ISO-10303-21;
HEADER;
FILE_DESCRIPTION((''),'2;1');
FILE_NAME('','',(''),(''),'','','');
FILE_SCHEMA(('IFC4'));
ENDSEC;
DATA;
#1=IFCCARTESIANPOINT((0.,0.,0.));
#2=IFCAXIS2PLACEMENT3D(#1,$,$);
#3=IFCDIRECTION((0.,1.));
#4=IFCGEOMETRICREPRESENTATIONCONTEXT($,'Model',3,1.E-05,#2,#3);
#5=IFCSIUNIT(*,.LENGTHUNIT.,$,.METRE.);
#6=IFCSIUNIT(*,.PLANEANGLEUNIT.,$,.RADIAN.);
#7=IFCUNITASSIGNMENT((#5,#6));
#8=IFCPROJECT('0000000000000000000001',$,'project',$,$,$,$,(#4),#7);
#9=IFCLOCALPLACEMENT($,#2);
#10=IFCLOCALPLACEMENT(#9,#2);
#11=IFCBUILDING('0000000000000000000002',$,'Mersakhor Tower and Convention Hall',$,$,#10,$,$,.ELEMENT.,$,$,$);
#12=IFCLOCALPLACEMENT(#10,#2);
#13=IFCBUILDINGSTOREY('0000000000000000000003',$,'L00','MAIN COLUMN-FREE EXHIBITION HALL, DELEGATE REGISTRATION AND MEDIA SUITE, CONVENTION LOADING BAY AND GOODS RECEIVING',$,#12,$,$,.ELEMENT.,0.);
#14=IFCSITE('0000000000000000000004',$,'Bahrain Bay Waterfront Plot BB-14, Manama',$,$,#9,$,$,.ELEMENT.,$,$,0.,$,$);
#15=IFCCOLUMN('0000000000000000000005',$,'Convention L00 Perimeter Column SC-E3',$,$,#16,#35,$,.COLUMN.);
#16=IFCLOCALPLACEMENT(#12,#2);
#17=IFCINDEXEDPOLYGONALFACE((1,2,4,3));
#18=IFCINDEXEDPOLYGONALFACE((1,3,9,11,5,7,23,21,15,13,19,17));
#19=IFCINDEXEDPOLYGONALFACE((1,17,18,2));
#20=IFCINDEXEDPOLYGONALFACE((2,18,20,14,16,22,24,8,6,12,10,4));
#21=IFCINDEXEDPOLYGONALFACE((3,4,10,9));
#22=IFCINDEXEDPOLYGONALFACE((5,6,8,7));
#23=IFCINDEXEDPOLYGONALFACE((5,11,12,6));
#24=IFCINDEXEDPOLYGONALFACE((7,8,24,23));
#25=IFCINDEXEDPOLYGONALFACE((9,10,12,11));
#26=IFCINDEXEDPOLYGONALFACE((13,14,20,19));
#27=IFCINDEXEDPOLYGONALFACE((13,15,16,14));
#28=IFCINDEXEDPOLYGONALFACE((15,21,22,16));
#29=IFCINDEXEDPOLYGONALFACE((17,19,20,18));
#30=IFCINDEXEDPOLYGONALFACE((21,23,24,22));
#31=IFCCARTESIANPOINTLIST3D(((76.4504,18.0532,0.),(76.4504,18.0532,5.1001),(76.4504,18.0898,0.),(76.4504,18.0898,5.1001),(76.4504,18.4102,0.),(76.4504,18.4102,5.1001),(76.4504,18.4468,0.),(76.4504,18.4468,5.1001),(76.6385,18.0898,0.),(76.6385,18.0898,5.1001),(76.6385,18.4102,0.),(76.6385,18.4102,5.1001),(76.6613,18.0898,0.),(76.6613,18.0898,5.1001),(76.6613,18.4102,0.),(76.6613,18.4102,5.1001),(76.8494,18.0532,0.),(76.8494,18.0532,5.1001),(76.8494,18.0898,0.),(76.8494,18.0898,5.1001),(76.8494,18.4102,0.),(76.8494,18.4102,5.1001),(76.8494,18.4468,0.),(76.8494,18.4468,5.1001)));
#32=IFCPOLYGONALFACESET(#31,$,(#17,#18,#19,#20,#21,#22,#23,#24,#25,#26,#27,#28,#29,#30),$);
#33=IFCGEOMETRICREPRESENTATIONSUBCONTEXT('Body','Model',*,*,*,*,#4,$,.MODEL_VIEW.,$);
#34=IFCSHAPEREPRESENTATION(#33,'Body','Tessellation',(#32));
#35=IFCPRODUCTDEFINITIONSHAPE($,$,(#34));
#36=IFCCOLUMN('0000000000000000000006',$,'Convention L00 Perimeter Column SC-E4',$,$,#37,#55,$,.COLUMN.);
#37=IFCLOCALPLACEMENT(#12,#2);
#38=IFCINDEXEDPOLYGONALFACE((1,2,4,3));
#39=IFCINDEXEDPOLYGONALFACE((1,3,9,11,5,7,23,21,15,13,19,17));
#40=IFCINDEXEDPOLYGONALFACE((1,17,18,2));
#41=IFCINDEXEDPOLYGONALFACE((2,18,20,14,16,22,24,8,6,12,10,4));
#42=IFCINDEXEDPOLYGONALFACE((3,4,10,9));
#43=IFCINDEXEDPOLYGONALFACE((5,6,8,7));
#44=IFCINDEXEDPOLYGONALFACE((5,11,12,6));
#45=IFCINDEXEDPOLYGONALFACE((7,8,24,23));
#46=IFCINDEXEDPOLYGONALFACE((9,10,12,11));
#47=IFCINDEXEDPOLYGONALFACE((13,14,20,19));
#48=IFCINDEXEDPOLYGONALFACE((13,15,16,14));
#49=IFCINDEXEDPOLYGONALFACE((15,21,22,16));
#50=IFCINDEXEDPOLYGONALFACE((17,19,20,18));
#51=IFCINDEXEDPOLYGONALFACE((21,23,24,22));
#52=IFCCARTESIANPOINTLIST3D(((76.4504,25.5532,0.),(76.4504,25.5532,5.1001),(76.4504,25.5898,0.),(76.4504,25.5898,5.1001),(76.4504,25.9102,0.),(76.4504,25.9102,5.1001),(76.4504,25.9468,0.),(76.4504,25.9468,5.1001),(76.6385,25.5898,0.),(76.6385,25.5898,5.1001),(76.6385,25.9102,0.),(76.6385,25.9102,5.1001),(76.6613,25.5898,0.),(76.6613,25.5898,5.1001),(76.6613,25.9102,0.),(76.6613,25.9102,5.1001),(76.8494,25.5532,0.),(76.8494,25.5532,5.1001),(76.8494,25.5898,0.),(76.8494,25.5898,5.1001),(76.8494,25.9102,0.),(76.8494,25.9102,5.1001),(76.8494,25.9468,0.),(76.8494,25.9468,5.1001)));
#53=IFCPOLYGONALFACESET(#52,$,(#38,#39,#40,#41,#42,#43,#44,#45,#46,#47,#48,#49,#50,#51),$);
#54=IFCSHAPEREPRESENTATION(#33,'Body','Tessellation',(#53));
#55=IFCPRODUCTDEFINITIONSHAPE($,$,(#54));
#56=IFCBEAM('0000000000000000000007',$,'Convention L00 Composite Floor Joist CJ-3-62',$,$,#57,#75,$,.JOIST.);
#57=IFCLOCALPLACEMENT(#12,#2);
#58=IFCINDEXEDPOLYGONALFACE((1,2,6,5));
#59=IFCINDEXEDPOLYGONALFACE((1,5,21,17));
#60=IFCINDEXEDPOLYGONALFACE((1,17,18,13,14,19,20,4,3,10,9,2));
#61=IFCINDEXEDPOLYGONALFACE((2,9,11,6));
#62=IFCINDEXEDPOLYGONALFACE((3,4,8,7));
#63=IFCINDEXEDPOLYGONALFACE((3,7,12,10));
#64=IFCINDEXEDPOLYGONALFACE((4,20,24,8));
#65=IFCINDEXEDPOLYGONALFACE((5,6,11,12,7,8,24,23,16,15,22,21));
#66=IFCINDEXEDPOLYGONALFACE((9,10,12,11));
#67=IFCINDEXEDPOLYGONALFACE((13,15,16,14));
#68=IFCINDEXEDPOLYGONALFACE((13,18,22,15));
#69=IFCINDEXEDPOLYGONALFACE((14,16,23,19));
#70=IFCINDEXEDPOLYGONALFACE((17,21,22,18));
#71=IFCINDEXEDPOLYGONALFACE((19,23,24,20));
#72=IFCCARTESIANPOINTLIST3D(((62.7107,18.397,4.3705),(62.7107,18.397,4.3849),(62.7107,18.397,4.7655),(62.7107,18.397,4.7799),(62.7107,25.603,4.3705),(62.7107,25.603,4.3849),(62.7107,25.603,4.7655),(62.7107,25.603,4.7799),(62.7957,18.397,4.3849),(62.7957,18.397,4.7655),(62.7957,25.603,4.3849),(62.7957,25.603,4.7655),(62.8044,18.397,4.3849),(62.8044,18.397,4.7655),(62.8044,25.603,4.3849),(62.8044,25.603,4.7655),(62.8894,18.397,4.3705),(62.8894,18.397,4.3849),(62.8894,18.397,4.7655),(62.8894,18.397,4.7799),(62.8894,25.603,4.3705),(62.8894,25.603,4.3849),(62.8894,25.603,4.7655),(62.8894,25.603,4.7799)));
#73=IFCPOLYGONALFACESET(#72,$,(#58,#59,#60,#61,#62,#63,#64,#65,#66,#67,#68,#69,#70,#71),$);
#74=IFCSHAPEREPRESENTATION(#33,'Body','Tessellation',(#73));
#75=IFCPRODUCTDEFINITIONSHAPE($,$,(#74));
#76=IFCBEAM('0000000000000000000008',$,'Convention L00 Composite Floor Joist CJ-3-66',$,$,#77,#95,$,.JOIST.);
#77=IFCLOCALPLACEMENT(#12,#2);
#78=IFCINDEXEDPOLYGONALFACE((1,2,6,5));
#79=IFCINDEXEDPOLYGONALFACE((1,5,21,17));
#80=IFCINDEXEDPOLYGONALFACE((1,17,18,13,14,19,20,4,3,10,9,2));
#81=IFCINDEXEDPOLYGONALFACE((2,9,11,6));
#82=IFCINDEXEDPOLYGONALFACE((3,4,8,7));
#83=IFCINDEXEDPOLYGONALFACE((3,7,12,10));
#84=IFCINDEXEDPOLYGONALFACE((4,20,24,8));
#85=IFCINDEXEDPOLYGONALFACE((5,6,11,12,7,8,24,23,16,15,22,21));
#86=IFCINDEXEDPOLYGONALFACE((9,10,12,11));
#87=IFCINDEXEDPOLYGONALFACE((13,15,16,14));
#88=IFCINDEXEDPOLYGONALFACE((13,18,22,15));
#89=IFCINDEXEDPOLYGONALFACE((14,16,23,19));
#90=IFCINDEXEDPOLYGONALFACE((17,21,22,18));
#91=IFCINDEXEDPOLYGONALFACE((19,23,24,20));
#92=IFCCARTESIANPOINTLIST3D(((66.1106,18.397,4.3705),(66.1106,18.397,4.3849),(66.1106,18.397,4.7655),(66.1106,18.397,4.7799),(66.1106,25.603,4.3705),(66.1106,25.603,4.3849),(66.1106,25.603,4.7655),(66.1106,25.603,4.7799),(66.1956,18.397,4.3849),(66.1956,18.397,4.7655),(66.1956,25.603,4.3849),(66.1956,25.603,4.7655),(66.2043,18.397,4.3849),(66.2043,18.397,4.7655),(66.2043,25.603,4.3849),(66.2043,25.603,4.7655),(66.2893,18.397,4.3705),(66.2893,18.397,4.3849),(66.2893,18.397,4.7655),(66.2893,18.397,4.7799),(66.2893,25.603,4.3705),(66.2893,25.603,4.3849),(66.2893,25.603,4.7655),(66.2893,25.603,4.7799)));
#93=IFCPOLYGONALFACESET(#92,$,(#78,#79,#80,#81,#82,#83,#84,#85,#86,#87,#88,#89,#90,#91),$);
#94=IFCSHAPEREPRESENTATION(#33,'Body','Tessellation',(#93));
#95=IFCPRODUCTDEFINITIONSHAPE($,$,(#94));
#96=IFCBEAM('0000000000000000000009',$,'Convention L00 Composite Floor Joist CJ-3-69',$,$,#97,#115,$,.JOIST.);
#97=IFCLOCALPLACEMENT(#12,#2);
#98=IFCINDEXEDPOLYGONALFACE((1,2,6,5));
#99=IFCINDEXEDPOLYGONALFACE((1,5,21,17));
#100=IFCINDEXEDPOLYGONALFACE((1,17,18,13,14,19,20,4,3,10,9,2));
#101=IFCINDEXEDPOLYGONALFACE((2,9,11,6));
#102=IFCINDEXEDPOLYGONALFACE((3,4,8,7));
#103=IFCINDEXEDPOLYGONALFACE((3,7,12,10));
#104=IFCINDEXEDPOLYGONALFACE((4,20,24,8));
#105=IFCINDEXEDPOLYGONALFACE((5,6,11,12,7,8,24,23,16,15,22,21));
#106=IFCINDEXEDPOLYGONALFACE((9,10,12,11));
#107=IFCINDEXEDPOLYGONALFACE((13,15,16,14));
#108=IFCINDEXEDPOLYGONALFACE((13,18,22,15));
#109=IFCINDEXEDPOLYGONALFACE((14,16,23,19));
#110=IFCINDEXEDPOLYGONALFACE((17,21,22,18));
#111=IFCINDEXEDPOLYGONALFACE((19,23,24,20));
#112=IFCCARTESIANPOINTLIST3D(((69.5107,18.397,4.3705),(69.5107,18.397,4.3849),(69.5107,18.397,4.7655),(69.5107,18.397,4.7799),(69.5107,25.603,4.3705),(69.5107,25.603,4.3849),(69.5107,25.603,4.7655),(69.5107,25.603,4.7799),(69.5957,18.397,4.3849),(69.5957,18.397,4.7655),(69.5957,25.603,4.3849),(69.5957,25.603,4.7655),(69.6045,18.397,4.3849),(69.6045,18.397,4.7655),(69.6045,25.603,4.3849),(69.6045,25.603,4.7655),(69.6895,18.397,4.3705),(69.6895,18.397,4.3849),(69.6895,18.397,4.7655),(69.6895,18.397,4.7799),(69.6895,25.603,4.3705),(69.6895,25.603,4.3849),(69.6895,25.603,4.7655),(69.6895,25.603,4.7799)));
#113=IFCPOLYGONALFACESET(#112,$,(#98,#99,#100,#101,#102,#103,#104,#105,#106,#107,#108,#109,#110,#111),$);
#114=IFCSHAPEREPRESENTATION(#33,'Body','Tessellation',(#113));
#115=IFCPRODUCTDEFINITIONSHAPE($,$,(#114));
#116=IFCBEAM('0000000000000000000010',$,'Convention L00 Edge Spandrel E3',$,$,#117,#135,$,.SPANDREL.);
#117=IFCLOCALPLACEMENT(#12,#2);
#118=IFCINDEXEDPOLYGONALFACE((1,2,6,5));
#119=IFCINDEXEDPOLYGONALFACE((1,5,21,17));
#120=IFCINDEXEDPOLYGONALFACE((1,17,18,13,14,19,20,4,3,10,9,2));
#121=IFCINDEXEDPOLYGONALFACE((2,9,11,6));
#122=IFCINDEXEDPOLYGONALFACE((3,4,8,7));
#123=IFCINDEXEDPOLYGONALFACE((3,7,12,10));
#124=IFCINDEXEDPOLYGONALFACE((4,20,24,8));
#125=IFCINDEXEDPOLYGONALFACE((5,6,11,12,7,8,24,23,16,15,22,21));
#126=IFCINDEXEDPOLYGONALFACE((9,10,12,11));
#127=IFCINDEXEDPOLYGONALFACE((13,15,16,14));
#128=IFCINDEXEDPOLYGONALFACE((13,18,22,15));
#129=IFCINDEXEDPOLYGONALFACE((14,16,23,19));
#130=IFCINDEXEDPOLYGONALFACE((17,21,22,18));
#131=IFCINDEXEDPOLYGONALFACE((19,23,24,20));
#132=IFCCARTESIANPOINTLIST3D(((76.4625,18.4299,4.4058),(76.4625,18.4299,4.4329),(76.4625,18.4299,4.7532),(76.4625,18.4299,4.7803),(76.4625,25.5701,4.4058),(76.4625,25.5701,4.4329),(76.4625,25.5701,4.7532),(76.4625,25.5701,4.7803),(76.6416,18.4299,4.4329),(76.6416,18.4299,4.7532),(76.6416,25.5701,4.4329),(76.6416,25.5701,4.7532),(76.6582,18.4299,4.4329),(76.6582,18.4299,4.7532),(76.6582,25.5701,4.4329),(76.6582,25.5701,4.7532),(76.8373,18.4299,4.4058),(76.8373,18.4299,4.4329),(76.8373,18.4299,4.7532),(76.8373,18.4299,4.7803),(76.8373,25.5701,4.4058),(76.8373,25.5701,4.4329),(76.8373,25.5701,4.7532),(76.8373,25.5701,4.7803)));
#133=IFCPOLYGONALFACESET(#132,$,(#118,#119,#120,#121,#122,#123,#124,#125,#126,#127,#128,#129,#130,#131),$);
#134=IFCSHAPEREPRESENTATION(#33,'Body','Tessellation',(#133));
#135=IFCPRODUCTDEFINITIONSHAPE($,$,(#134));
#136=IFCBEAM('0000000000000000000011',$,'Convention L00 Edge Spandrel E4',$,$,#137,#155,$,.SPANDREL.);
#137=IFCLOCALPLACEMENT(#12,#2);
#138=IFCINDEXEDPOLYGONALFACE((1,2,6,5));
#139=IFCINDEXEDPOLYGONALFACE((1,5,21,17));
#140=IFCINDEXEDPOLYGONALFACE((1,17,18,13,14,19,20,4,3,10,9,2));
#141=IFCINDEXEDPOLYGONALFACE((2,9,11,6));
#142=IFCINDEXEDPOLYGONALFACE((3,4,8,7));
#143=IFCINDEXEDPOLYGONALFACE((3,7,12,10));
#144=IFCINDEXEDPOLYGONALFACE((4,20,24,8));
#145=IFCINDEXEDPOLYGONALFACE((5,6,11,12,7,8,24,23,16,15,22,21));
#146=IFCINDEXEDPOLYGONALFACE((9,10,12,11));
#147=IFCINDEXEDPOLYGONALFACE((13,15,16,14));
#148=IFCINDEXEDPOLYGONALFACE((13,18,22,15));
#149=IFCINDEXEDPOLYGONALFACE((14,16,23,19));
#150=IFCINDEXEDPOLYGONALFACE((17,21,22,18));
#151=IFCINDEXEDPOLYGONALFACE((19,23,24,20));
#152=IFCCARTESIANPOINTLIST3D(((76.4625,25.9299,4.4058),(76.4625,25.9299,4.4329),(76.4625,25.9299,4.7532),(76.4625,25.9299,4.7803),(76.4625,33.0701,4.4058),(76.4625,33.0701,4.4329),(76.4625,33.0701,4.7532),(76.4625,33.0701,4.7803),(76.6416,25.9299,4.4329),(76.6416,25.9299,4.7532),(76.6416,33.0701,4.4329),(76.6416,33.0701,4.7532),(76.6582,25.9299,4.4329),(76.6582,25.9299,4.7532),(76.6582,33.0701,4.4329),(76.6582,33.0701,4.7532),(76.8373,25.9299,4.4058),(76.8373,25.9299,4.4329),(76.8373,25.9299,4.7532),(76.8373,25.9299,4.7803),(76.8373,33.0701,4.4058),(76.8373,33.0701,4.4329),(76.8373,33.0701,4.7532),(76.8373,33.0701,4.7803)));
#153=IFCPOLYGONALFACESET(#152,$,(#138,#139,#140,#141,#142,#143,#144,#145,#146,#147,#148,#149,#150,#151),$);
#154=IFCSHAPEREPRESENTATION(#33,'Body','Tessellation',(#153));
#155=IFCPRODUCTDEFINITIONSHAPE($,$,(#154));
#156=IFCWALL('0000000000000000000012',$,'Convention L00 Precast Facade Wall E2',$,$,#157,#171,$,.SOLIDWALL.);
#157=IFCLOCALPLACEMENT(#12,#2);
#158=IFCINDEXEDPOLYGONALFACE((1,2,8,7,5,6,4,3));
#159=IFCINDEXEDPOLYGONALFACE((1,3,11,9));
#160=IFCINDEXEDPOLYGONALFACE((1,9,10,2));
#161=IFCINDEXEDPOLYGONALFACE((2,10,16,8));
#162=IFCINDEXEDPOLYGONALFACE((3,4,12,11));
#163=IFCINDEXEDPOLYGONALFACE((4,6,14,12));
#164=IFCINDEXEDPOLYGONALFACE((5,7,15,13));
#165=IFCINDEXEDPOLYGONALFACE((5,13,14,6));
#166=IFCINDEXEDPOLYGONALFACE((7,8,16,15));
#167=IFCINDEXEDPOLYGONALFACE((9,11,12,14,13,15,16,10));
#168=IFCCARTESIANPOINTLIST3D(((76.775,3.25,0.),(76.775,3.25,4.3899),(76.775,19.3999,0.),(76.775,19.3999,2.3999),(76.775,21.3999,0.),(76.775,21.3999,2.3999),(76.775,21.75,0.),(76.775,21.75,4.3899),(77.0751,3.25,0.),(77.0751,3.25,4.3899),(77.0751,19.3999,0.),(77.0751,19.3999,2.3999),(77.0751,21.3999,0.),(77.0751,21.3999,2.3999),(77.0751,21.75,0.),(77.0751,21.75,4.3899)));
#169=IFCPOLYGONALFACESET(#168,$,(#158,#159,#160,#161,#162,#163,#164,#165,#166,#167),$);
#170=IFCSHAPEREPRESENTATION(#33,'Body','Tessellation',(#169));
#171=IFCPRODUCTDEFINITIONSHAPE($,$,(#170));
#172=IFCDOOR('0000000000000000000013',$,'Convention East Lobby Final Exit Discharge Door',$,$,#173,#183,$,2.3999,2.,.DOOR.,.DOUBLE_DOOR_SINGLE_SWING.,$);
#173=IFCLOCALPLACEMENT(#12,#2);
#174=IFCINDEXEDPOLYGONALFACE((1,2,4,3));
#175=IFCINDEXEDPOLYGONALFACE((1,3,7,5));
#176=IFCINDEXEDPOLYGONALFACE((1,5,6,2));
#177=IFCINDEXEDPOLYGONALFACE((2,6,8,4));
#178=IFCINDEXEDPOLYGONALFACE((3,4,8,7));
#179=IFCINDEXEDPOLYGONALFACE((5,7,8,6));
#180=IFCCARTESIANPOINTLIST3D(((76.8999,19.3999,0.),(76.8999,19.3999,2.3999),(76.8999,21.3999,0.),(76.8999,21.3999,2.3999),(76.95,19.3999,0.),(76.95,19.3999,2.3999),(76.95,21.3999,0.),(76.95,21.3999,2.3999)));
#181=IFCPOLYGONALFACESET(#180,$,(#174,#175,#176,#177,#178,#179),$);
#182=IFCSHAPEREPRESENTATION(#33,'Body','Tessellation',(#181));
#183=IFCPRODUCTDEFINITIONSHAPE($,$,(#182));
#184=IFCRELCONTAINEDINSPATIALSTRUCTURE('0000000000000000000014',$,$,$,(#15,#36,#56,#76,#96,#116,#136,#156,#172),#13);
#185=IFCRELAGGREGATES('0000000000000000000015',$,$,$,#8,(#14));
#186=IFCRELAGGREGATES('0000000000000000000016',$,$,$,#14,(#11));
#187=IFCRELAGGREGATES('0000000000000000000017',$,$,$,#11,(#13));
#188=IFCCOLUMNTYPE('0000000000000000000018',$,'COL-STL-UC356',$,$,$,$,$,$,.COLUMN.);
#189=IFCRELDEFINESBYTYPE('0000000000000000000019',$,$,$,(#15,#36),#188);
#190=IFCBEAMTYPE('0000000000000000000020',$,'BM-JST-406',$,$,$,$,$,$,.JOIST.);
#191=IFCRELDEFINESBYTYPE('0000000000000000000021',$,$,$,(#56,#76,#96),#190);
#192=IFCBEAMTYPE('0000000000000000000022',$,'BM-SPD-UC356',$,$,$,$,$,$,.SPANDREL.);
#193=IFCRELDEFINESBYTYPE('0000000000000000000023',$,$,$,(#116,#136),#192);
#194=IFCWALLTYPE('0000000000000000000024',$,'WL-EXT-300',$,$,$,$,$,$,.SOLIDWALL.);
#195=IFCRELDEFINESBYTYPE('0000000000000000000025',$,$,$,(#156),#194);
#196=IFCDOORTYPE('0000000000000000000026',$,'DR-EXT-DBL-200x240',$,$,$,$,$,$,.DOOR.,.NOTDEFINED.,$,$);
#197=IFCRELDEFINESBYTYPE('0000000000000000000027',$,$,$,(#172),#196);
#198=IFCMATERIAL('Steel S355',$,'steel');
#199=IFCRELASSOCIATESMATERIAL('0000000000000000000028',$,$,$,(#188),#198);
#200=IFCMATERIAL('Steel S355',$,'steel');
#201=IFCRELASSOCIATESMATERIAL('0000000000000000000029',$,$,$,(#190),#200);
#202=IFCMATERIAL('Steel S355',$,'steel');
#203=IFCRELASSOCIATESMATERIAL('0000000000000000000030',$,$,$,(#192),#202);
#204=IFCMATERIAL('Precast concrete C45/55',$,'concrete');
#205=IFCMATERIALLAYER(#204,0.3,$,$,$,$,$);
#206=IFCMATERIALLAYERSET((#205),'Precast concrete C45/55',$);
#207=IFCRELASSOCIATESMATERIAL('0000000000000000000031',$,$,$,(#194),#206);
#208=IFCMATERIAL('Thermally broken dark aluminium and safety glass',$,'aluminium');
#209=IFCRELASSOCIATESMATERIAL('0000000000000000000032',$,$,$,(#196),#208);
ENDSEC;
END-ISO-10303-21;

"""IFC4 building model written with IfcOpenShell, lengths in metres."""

from ifc_helpers import new_model, si_unit, direction, frame, frame_2d, origin, origin_2d, place, context, subcontext, project, spatial, rectangle, i_section, extrude, material, layer, layer_set, material_profile, profile_set, type_object, element, fill, save


model = new_model("IFC4")

# Units and contexts
model_context = context("Model", 3, precision=1e-05, world=origin(), true_north=direction((0.0, 1.0)))
body_context = subcontext(model_context, "Body", "Model", "MODEL_VIEW")
ifc_project = project(units=[si_unit("LENGTHUNIT", "METRE"), si_unit("PLANEANGLEUNIT", "RADIAN")], contexts=[model_context])

# Site, building, storey
site_placement = place(None, origin())
site = spatial("IfcSite", under=ifc_project, at=site_placement, Name="Bahrain Bay Waterfront Plot BB-14, Manama", CompositionType="ELEMENT", RefElevation=0.0)
building_placement = place(site_placement, origin())
building = spatial("IfcBuilding", under=site, at=building_placement, Name="Mersakhor Tower and Convention Hall", CompositionType="ELEMENT")
storey_placement = place(building_placement, origin())
storey = spatial("IfcBuildingStorey", under=building, at=storey_placement, Name="L00", Description="MAIN COLUMN-FREE EXHIBITION HALL, DELEGATE REGISTRATION AND MEDIA SUITE, CONVENTION LOADING BAY AND GOODS RECEIVING", CompositionType="ELEMENT", Elevation=0.0)

# Columns
ifc_material_1 = material(Name="Steel S355", Category="steel")
ifc_material_profile_1 = material_profile(ifc_material_1, i_section(OverallWidth=0.3989, OverallDepth=0.3936, WebThickness=0.0227, FlangeThickness=0.0366, at=origin_2d()), Name="UC 356x406x287")
ifc_profile_set_1 = profile_set([ifc_material_profile_1], Name="Steel S355")
column_type = type_object("IfcColumnType", Name="COL-STL-UC356", PredefinedType="COLUMN", material=ifc_profile_set_1)
for number, where, z_axis, x_axis, name in (
    (1, (76.6499, 18.25, 0.0), (0.0, 0.0, 1.0), (1.0, 0.0, 0.0), "Convention L00 Perimeter Column SC-E3"),
    (2, (76.6499, 25.75, 0.0), (0.0, 0.0, 1.0), (1.0, 0.0, 0.0), "Convention L00 Perimeter Column SC-E4"),
):
    element("IfcColumn", number, at=place(storey_placement, frame(where, z_axis=z_axis, x_axis=x_axis)), inside=storey, type_object=column_type, Name=name, PredefinedType="COLUMN", context=body_context, shape_type="SweptSolid", body=[
        extrude(i_section(OverallWidth=0.3989, OverallDepth=0.3936, WebThickness=0.0227, FlangeThickness=0.0366, at=origin_2d()), origin(), (0.0, 0.0, 1.0), 5.1001),
    ])

# Beams
ifc_material_2 = material(Name="Steel S355", Category="steel")
ifc_material_profile_2 = material_profile(ifc_material_2, i_section(OverallWidth=0.1787, OverallDepth=0.4094, WebThickness=0.0088, FlangeThickness=0.0144, at=origin_2d()), Name="UB 406x178x67")
ifc_profile_set_2 = profile_set([ifc_material_profile_2], Name="Steel S355")
beam_type_1 = type_object("IfcBeamType", Name="BM-JST-406", PredefinedType="JOIST", material=ifc_profile_set_2)
for number, where, z_axis, x_axis, name in (
    (3, (62.8, 18.397, 4.5752), (0.0, 1.0, 0.0), (-1.0, 0.0, 0.0), "Convention L00 Composite Floor Joist CJ-3-62"),
    (4, (66.2, 18.397, 4.5752), (0.0, 1.0, 0.0), (-1.0, 0.0, 0.0), "Convention L00 Composite Floor Joist CJ-3-66"),
    (5, (69.6001, 18.397, 4.5752), (0.0, 1.0, 0.0), (-1.0, 0.0, 0.0), "Convention L00 Composite Floor Joist CJ-3-69"),
):
    element("IfcBeam", number, at=place(storey_placement, frame(where, z_axis=z_axis, x_axis=x_axis)), inside=storey, type_object=beam_type_1, Name=name, PredefinedType="JOIST", context=body_context, shape_type="SweptSolid", body=[
        extrude(i_section(OverallWidth=0.1787, OverallDepth=0.4094, WebThickness=0.0088, FlangeThickness=0.0144, at=origin_2d()), origin(), (0.0, 0.0, 1.0), 7.2061),
    ])
ifc_material_3 = material(Name="Steel S355", Category="steel")
ifc_material_profile_3 = material_profile(ifc_material_3, i_section(OverallWidth=0.3748, OverallDepth=0.3745, WebThickness=0.0166, FlangeThickness=0.0271, at=origin_2d()), Name="UC 356x368x202")
ifc_profile_set_3 = profile_set([ifc_material_profile_3], Name="Steel S355")
beam_type_2 = type_object("IfcBeamType", Name="BM-SPD-UC356", PredefinedType="SPANDREL", material=ifc_profile_set_3)
for number, where, z_axis, x_axis, name in (
    (6, (76.6499, 18.4299, 4.593), (0.0, 1.0, 0.0), (-1.0, 0.0, 0.0), "Convention L00 Edge Spandrel E3"),
    (7, (76.6499, 25.9299, 4.593), (0.0, 1.0, 0.0), (-1.0, 0.0, 0.0), "Convention L00 Edge Spandrel E4"),
):
    element("IfcBeam", number, at=place(storey_placement, frame(where, z_axis=z_axis, x_axis=x_axis)), inside=storey, type_object=beam_type_2, Name=name, PredefinedType="SPANDREL", context=body_context, shape_type="SweptSolid", body=[
        extrude(i_section(OverallWidth=0.3748, OverallDepth=0.3745, WebThickness=0.0166, FlangeThickness=0.0271, at=origin_2d()), origin(), (0.0, 0.0, 1.0), 7.1401),
    ])

# Wall, opening, door
ifc_material_4 = material(Name="Precast concrete C45/55", Category="concrete")
ifc_layer_1 = layer(ifc_material_4, 0.3)
ifc_layer_set_1 = layer_set([ifc_layer_1], Name="Precast concrete C45/55")
wall_type_1 = type_object("IfcWallType", Name="WL-EXT-300", PredefinedType="SOLIDWALL", material=ifc_layer_set_1)
wall_1_placement = place(storey_placement, frame((76.925, 21.75, 0.0), z_axis=(0.0, 0.0, 1.0), x_axis=(0.0, -1.0, 0.0)))
wall_1 = element("IfcWall", 8, at=wall_1_placement, inside=storey, type_object=wall_type_1, Name="Convention L00 Precast Facade Wall E2", PredefinedType="SOLIDWALL", context=body_context, shape_type="SweptSolid", body=[
    extrude(rectangle(XDim=18.5, YDim=0.3, at=frame_2d((9.25, 0.0))), origin(), (0.0, 0.0, 1.0), 4.3899),
])
opening_1_placement = place(wall_1_placement, frame((0.3501, 0.0, 0.0)))
opening_1 = element("IfcOpeningElement", 9, at=opening_1_placement, cuts=wall_1, PredefinedType="OPENING", context=body_context, shape_type="SweptSolid", body=[
    extrude(rectangle(XDim=2.0, YDim=2.3999, at=frame_2d((1.0, 1.2))), frame((0.0, 0.1599, 0.0), z_axis=(0.0, -1.0, 0.0), x_axis=(1.0, 0.0, 0.0)), (0.0, 0.0, 1.0), 0.3201),
])
ifc_material_5 = material(Name="Thermally broken dark aluminium and safety glass", Category="aluminium")
door_type_1 = type_object("IfcDoorType", Name="DR-EXT-DBL-200x240", OperationType="NOTDEFINED", PredefinedType="DOOR", material=ifc_material_5)
door_1_placement = place(opening_1_placement, origin())
door_1 = element("IfcDoor", 10, at=door_1_placement, inside=storey, type_object=door_type_1, Name="Convention East Lobby Final Exit Discharge Door", OperationType="DOUBLE_DOOR_SINGLE_SWING", OverallHeight=2.3999, OverallWidth=2.0, PredefinedType="DOOR", context=body_context, shape_type="SweptSolid", body=[
    extrude(rectangle(XDim=2.0, YDim=2.3999, at=frame_2d((1.0, 1.2))), frame((0.0, 0.0249, 0.0), z_axis=(0.0, -1.0, 0.0), x_axis=(1.0, 0.0, 0.0)), (0.0, 0.0, 1.0), 0.05),
])
fill(opening_1, door_1)

save(model, "model.ifc")
